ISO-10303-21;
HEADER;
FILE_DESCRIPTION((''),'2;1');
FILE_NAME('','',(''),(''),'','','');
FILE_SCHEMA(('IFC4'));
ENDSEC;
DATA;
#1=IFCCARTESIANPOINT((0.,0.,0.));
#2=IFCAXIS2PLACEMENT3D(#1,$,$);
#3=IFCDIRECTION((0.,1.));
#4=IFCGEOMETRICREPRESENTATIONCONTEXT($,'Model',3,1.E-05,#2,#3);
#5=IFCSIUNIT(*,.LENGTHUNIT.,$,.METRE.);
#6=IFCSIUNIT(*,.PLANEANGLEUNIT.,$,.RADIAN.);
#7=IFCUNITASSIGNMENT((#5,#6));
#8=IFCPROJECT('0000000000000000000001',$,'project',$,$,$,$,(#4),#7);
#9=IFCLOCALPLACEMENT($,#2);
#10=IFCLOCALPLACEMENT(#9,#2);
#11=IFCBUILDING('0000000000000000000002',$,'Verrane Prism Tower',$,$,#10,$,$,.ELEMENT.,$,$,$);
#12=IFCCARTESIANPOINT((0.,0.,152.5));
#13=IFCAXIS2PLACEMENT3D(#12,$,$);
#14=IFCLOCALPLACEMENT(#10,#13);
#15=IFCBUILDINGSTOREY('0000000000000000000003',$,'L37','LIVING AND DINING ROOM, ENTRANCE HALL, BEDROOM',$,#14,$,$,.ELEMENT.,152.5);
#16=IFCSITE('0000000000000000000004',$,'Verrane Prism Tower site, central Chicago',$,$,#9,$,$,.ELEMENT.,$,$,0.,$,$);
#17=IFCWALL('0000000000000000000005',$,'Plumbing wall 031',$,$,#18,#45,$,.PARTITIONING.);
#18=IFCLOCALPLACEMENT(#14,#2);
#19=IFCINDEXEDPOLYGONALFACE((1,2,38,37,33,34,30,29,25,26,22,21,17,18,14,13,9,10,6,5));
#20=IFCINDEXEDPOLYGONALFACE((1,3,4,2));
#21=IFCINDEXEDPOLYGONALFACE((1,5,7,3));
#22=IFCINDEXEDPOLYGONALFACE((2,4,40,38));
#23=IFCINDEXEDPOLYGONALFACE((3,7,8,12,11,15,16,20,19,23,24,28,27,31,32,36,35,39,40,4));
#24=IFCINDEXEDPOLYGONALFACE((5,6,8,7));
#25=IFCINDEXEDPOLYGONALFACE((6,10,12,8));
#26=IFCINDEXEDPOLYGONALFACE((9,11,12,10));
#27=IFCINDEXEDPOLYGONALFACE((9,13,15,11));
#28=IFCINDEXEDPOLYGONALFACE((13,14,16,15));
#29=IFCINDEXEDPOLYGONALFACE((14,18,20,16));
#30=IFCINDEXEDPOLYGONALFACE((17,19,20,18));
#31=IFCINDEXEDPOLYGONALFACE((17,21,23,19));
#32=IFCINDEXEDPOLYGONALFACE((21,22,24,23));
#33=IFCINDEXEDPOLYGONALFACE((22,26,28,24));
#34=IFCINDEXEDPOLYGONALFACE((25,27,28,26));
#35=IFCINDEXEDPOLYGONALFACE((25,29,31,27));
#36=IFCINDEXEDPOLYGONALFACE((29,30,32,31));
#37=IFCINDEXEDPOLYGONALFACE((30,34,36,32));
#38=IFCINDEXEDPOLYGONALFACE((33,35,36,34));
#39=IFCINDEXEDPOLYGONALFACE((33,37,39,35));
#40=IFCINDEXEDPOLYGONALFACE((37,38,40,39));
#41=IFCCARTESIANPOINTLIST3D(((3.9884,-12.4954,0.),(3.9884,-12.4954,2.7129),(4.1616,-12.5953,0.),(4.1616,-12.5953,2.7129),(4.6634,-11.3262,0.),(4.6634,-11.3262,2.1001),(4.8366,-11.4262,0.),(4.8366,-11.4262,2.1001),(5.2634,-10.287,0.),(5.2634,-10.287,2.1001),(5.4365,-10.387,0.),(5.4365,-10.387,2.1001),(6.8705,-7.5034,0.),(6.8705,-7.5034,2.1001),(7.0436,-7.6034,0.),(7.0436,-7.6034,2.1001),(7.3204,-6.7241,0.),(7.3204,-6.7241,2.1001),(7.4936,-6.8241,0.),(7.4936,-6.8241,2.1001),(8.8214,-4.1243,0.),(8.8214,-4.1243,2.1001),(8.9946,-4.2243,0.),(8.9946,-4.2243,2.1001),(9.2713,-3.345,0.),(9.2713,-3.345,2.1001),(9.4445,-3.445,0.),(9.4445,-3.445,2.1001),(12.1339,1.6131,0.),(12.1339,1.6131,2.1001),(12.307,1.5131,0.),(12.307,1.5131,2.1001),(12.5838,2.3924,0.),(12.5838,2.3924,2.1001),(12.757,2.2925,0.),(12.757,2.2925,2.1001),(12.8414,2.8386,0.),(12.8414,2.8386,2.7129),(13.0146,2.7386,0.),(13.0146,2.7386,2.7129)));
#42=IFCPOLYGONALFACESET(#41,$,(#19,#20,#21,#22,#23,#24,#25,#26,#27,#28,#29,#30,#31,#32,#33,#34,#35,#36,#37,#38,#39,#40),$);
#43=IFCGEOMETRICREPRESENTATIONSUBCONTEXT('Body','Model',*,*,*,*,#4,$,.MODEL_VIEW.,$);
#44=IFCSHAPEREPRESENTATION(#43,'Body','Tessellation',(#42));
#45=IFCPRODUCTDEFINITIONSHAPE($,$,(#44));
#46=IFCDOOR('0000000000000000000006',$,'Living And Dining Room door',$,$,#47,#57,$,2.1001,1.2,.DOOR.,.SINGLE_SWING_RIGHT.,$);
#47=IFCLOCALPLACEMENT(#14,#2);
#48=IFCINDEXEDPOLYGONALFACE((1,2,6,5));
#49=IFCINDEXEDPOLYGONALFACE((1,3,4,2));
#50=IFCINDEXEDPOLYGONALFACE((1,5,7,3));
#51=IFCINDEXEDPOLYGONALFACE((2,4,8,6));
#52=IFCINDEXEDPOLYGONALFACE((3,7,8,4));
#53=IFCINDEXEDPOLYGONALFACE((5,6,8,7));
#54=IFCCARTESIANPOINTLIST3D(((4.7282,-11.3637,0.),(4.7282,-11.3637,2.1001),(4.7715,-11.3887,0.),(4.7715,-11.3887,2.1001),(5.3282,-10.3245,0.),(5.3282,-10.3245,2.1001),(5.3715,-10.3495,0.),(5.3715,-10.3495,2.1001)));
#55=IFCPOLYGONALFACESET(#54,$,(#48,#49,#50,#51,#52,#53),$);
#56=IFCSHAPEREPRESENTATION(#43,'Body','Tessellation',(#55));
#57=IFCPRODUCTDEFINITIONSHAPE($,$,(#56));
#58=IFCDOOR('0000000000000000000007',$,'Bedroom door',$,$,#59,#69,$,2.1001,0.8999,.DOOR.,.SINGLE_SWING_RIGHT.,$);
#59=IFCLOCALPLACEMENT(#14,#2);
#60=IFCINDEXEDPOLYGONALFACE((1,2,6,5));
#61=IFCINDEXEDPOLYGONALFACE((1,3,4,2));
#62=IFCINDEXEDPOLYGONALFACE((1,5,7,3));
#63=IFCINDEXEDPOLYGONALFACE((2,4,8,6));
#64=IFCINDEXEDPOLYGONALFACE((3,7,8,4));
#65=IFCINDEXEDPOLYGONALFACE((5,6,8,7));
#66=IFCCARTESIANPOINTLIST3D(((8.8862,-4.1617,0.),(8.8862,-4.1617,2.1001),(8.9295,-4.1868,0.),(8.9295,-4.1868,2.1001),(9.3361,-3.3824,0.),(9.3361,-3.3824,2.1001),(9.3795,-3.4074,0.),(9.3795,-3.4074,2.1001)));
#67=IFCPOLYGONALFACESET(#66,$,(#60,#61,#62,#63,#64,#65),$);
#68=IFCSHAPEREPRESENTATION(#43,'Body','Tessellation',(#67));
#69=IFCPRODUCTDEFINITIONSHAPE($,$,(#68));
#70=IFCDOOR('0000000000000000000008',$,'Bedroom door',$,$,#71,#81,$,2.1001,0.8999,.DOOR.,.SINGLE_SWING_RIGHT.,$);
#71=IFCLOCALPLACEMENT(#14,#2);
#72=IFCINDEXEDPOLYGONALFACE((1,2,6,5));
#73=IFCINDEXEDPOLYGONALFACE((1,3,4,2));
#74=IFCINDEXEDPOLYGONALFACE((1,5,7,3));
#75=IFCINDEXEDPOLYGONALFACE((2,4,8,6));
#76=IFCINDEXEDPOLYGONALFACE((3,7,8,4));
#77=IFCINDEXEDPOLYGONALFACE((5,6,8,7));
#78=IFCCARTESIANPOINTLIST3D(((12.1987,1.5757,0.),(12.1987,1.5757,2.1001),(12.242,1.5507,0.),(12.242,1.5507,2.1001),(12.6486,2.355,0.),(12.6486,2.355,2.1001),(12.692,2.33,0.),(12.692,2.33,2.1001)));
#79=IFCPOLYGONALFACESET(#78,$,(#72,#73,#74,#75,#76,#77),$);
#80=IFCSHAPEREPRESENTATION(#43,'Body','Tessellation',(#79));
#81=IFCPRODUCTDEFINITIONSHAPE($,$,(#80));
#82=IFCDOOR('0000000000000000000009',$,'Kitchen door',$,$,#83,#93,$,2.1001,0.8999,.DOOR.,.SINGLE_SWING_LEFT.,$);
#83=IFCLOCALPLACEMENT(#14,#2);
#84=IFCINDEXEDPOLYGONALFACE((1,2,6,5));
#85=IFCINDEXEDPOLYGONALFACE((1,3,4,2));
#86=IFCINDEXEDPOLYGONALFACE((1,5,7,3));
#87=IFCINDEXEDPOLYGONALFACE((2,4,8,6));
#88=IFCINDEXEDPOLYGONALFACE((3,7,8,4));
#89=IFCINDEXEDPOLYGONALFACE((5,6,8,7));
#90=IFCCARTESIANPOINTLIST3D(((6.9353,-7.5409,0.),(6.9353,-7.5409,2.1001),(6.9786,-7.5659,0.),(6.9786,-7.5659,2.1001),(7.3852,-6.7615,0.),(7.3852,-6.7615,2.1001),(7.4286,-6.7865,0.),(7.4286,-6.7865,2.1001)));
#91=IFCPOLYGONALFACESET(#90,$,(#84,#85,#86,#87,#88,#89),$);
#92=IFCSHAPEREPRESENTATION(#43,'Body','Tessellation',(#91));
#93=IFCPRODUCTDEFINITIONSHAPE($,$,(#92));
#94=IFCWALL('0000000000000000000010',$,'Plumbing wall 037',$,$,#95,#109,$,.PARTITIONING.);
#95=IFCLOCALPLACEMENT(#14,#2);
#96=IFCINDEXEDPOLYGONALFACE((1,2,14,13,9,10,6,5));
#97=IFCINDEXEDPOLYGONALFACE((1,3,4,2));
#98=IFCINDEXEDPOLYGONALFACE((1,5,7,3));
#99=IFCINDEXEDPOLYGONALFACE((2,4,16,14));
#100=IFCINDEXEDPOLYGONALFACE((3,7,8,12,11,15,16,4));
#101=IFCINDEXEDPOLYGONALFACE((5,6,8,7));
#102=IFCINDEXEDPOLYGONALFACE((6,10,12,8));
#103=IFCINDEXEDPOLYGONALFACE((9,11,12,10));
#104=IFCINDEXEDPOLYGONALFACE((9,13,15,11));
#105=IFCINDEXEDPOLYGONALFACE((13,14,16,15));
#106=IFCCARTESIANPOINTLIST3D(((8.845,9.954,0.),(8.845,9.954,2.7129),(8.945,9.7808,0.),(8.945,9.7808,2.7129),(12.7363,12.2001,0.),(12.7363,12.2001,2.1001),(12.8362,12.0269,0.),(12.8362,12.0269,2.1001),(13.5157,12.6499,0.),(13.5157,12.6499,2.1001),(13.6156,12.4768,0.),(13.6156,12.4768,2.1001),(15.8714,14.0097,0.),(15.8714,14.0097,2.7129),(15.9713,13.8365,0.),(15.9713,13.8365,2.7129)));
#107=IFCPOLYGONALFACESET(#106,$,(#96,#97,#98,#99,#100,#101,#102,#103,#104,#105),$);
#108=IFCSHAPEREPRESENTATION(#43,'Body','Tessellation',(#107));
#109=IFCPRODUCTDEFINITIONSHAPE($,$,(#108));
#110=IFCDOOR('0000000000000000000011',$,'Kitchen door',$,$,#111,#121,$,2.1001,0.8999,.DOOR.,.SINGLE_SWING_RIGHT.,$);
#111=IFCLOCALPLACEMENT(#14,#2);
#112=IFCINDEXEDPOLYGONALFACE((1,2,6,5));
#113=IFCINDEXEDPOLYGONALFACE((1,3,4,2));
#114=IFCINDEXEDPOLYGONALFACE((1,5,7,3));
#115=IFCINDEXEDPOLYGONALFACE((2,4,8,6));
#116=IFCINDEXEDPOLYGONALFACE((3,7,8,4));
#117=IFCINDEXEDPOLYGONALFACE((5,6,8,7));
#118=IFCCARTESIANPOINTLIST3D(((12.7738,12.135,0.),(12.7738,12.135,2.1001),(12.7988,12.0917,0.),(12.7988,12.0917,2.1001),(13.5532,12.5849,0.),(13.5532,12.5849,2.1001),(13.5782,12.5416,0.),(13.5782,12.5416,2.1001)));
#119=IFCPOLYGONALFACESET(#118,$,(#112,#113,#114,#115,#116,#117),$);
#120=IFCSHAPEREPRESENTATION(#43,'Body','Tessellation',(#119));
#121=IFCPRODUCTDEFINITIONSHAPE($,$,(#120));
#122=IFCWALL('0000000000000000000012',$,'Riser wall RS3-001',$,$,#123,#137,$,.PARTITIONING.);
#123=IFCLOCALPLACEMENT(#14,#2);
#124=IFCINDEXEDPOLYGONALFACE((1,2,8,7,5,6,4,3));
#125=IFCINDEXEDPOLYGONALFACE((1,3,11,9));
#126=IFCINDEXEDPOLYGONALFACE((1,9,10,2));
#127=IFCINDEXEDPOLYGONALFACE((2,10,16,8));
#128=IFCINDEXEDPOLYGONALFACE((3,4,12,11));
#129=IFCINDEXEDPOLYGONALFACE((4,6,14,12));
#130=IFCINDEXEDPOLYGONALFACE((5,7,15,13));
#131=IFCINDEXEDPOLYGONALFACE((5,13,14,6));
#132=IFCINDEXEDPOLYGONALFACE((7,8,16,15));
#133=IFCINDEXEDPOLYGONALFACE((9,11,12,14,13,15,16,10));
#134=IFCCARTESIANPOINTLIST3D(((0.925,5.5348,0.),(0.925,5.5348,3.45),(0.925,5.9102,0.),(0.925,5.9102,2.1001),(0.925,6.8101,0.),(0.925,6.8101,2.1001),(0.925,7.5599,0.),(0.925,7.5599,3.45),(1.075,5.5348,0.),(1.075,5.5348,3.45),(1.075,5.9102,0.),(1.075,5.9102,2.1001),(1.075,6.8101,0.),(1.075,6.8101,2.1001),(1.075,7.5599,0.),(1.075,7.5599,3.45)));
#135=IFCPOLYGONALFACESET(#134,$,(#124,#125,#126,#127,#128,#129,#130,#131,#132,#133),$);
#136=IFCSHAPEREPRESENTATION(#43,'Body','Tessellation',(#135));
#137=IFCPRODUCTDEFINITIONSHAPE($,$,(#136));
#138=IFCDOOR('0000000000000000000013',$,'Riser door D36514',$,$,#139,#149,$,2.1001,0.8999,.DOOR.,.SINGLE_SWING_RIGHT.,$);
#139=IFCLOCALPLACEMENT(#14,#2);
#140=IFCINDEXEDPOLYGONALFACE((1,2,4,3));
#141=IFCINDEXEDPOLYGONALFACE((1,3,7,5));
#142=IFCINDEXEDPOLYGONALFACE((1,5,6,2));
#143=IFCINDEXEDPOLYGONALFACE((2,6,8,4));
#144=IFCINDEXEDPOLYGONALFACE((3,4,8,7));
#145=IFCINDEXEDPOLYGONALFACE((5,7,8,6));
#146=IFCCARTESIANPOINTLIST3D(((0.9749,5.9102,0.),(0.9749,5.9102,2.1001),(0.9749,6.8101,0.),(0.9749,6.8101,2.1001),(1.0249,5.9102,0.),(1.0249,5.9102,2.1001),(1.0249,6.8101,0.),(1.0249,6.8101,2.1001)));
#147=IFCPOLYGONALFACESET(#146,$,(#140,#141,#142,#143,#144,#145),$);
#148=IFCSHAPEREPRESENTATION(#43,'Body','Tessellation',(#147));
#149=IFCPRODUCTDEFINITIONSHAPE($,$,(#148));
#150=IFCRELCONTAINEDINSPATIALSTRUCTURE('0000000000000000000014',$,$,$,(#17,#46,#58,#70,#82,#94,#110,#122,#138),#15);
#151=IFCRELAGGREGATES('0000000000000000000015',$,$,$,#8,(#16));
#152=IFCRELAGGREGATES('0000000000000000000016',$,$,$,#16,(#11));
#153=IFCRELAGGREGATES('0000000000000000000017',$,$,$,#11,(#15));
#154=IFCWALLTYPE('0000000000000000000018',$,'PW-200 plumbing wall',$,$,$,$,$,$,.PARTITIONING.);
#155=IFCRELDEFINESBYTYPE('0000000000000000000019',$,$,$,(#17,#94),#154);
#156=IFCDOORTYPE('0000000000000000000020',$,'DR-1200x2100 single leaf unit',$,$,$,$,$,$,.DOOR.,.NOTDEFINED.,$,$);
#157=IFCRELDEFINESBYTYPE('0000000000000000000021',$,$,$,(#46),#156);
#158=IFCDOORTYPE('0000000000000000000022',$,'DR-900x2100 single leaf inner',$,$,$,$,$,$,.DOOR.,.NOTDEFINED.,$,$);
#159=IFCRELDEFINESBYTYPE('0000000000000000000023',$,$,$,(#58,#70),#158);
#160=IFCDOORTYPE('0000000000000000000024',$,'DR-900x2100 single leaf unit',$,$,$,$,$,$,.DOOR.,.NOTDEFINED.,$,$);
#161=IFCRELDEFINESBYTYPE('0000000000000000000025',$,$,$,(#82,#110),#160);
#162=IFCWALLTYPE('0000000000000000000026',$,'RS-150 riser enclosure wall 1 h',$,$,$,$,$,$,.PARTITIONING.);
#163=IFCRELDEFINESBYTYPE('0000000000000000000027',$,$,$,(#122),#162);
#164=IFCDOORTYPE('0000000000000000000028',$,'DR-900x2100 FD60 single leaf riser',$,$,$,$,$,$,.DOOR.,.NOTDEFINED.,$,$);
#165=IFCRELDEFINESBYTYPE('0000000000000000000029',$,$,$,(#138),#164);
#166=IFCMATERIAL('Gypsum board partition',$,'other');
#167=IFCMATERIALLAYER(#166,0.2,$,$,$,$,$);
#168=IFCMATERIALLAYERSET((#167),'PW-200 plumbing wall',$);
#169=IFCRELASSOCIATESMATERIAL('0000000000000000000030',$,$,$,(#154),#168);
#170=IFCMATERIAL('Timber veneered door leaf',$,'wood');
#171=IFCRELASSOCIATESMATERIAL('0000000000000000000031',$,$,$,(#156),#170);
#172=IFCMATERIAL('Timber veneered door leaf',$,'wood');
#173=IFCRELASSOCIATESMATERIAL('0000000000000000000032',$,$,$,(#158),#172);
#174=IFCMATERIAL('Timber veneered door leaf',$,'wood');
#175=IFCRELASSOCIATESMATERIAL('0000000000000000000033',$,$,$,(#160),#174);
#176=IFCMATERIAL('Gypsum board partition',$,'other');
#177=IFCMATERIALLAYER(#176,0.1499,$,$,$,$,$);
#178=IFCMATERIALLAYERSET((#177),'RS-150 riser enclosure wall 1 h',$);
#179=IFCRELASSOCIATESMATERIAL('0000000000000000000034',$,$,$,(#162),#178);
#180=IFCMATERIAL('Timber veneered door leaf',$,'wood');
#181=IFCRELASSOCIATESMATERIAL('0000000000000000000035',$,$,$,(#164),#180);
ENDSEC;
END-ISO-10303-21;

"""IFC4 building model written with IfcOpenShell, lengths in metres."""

from ifc_helpers import new_model, si_unit, direction, frame, frame_2d, origin, place, context, subcontext, project, spatial, rectangle, extrude, material, layer, layer_set, type_object, element, fill, save


model = new_model("IFC4")

# Units and contexts
model_context = context("Model", 3, precision=1e-05, world=origin(), true_north=direction((0.0, 1.0)))
body_context = subcontext(model_context, "Body", "Model", "MODEL_VIEW")
ifc_project = project(units=[si_unit("LENGTHUNIT", "METRE"), si_unit("PLANEANGLEUNIT", "RADIAN")], contexts=[model_context])

# Site, building, storey
site_placement = place(None, origin())
site = spatial("IfcSite", under=ifc_project, at=site_placement, Name="Verrane Prism Tower site, central Chicago", CompositionType="ELEMENT", RefElevation=0.0)
building_placement = place(site_placement, origin())
building = spatial("IfcBuilding", under=site, at=building_placement, Name="Verrane Prism Tower", CompositionType="ELEMENT")
storey_placement = place(building_placement, frame((0.0, 0.0, 152.5)))
storey = spatial("IfcBuildingStorey", under=building, at=storey_placement, Name="L37", Description="LIVING AND DINING ROOM, ENTRANCE HALL, BEDROOM", CompositionType="ELEMENT", Elevation=152.5)

# Wall, openings, doors
ifc_material_1 = material(Name="Gypsum board partition", Category="other")
ifc_layer_1 = layer(ifc_material_1, 0.2)
ifc_layer_set_1 = layer_set([ifc_layer_1], Name="PW-200 plumbing wall")
wall_type_1 = type_object("IfcWallType", Name="PW-200 plumbing wall", PredefinedType="PARTITIONING", material=ifc_layer_set_1)
wall_1_placement = place(storey_placement, frame((12.928, 2.7886, 0.0), z_axis=(0.0, 0.0, 1.0), x_axis=(-0.499998, -0.866027, 0.0)))
wall_1 = element("IfcWall", 1, at=wall_1_placement, inside=storey, type_object=wall_type_1, Name="Plumbing wall 031", PredefinedType="PARTITIONING", context=body_context, shape_type="SweptSolid", body=[
    extrude(rectangle(XDim=17.7061, YDim=0.2, at=frame_2d((8.853, 0.0))), origin(), (0.0, 0.0, 1.0), 2.7129),
])
opening_1_placement = place(wall_1_placement, frame((15.156, 0.0, 0.0)))
opening_1 = element("IfcOpeningElement", 2, at=opening_1_placement, cuts=wall_1, PredefinedType="OPENING", context=body_context, shape_type="SweptSolid", body=[
    extrude(rectangle(XDim=1.2, YDim=2.1001, at=frame_2d((0.6001, 1.05))), frame((0.0, 0.1099, 0.0), z_axis=(0.0, -1.0, 0.0), x_axis=(1.0, 0.0, 0.0)), (0.0, 0.0, 1.0), 0.22),
])
opening_2_placement = place(wall_1_placement, frame((11.042, 0.0, 0.0)))
opening_2 = element("IfcOpeningElement", 3, at=opening_2_placement, cuts=wall_1, PredefinedType="OPENING", context=body_context, shape_type="SweptSolid", body=[
    extrude(rectangle(XDim=0.8999, YDim=2.1001, at=frame_2d((0.45, 1.05))), frame((0.0, 0.1099, 0.0), z_axis=(0.0, -1.0, 0.0), x_axis=(1.0, 0.0, 0.0)), (0.0, 0.0, 1.0), 0.22),
])
opening_3_placement = place(wall_1_placement, frame((7.1401, 0.0, 0.0)))
opening_3 = element("IfcOpeningElement", 4, at=opening_3_placement, cuts=wall_1, PredefinedType="OPENING", context=body_context, shape_type="SweptSolid", body=[
    extrude(rectangle(XDim=0.8999, YDim=2.1001, at=frame_2d((0.45, 1.05))), frame((0.0, 0.1099, 0.0), z_axis=(0.0, -1.0, 0.0), x_axis=(1.0, 0.0, 0.0)), (0.0, 0.0, 1.0), 0.22),
])
opening_4_placement = place(wall_1_placement, frame((0.5151, 0.0, 0.0)))
opening_4 = element("IfcOpeningElement", 5, at=opening_4_placement, cuts=wall_1, PredefinedType="OPENING", context=body_context, shape_type="SweptSolid", body=[
    extrude(rectangle(XDim=0.8999, YDim=2.1001, at=frame_2d((0.45, 1.05))), frame((0.0, 0.1099, 0.0), z_axis=(0.0, -1.0, 0.0), x_axis=(1.0, 0.0, 0.0)), (0.0, 0.0, 1.0), 0.22),
])
ifc_material_2 = material(Name="Timber veneered door leaf", Category="wood")
door_type_1 = type_object("IfcDoorType", Name="DR-1200x2100 single leaf unit", OperationType="NOTDEFINED", PredefinedType="DOOR", material=ifc_material_2)
door_1_placement = place(opening_1_placement, origin())
door_1 = element("IfcDoor", 6, at=door_1_placement, inside=storey, type_object=door_type_1, Name="Living And Dining Room door", OperationType="SINGLE_SWING_RIGHT", OverallHeight=2.1001, OverallWidth=1.2, PredefinedType="DOOR", context=body_context, shape_type="SweptSolid", body=[
    extrude(rectangle(XDim=1.2, YDim=2.1001, at=frame_2d((0.6001, 1.05))), frame((0.0, 0.0249, 0.0), z_axis=(0.0, -1.0, 0.0), x_axis=(1.0, 0.0, 0.0)), (0.0, 0.0, 1.0), 0.05),
])
fill(opening_1, door_1)
ifc_material_3 = material(Name="Timber veneered door leaf", Category="wood")
door_type_2 = type_object("IfcDoorType", Name="DR-900x2100 single leaf inner", OperationType="NOTDEFINED", PredefinedType="DOOR", material=ifc_material_3)
door_2_placement = place(opening_3_placement, origin())
door_2 = element("IfcDoor", 7, at=door_2_placement, inside=storey, type_object=door_type_2, Name="Bedroom door", OperationType="SINGLE_SWING_RIGHT", OverallHeight=2.1001, OverallWidth=0.8999, PredefinedType="DOOR", context=body_context, shape_type="SweptSolid", body=[
    extrude(rectangle(XDim=0.8999, YDim=2.1001, at=frame_2d((0.45, 1.05))), frame((0.0, 0.0249, 0.0), z_axis=(0.0, -1.0, 0.0), x_axis=(1.0, 0.0, 0.0)), (0.0, 0.0, 1.0), 0.05),
])
fill(opening_3, door_2)
door_3_placement = place(opening_4_placement, origin())
door_3 = element("IfcDoor", 8, at=door_3_placement, inside=storey, type_object=door_type_2, Name="Bedroom door", OperationType="SINGLE_SWING_RIGHT", OverallHeight=2.1001, OverallWidth=0.8999, PredefinedType="DOOR", context=body_context, shape_type="SweptSolid", body=[
    extrude(rectangle(XDim=0.8999, YDim=2.1001, at=frame_2d((0.45, 1.05))), frame((0.0, 0.0249, 0.0), z_axis=(0.0, -1.0, 0.0), x_axis=(1.0, 0.0, 0.0)), (0.0, 0.0, 1.0), 0.05),
])
fill(opening_4, door_3)
ifc_material_4 = material(Name="Timber veneered door leaf", Category="wood")
door_type_3 = type_object("IfcDoorType", Name="DR-900x2100 single leaf unit", OperationType="NOTDEFINED", PredefinedType="DOOR", material=ifc_material_4)
door_4_placement = place(opening_2_placement, origin())
door_4 = element("IfcDoor", 9, at=door_4_placement, inside=storey, type_object=door_type_3, Name="Kitchen door", OperationType="SINGLE_SWING_LEFT", OverallHeight=2.1001, OverallWidth=0.8999, PredefinedType="DOOR", context=body_context, shape_type="SweptSolid", body=[
    extrude(rectangle(XDim=0.8999, YDim=2.1001, at=frame_2d((0.45, 1.05))), frame((0.0, 0.0249, 0.0), z_axis=(0.0, -1.0, 0.0), x_axis=(1.0, 0.0, 0.0)), (0.0, 0.0, 1.0), 0.05),
])
fill(opening_2, door_4)

# Walls, openings, doors
wall_2_placement = place(storey_placement, frame((8.895, 9.8674, 0.0), z_axis=(0.0, 0.0, 1.0), x_axis=(0.866079, 0.499907, 0.0)))
wall_2 = element("IfcWall", 10, at=wall_2_placement, inside=storey, type_object=wall_type_1, Name="Plumbing wall 037", PredefinedType="PARTITIONING", context=body_context, shape_type="SweptSolid", body=[
    extrude(rectangle(XDim=8.1128, YDim=0.2, at=frame_2d((4.0564, 0.0))), origin(), (0.0, 0.0, 1.0), 2.7129),
])
opening_5_placement = place(wall_2_placement, frame((4.4929, 0.0, 0.0)))
opening_5 = element("IfcOpeningElement", 11, at=opening_5_placement, cuts=wall_2, PredefinedType="OPENING", context=body_context, shape_type="SweptSolid", body=[
    extrude(rectangle(XDim=0.8999, YDim=2.1001, at=frame_2d((0.45, 1.05))), frame((0.0, 0.1099, 0.0), z_axis=(0.0, -1.0, 0.0), x_axis=(1.0, 0.0, 0.0)), (0.0, 0.0, 1.0), 0.22),
])
door_5_placement = place(opening_5_placement, origin())
door_5 = element("IfcDoor", 12, at=door_5_placement, inside=storey, type_object=door_type_3, Name="Kitchen door", OperationType="SINGLE_SWING_RIGHT", OverallHeight=2.1001, OverallWidth=0.8999, PredefinedType="DOOR", context=body_context, shape_type="SweptSolid", body=[
    extrude(rectangle(XDim=0.8999, YDim=2.1001, at=frame_2d((0.45, 1.05))), frame((0.0, 0.0249, 0.0), z_axis=(0.0, -1.0, 0.0), x_axis=(1.0, 0.0, 0.0)), (0.0, 0.0, 1.0), 0.05),
])
fill(opening_5, door_5)
ifc_material_5 = material(Name="Gypsum board partition", Category="other")
ifc_layer_2 = layer(ifc_material_5, 0.1499)
ifc_layer_set_2 = layer_set([ifc_layer_2], Name="RS-150 riser enclosure wall 1 h")
wall_type_2 = type_object("IfcWallType", Name="RS-150 riser enclosure wall 1 h", PredefinedType="PARTITIONING", material=ifc_layer_set_2)
wall_3_placement = place(storey_placement, frame((1.0, 7.5601, 0.0), z_axis=(0.0, 0.0, 1.0), x_axis=(0.0, -1.0, 0.0)))
wall_3 = element("IfcWall", 13, at=wall_3_placement, inside=storey, type_object=wall_type_2, Name="Riser wall RS3-001", PredefinedType="PARTITIONING", context=body_context, shape_type="SweptSolid", body=[
    extrude(rectangle(XDim=2.0251, YDim=0.1499, at=frame_2d((1.0127, 0.0))), origin(), (0.0, 0.0, 1.0), 3.45),
])
opening_6_placement = place(wall_3_placement, frame((0.75, 0.0, 0.0)))
opening_6 = element("IfcOpeningElement", 14, at=opening_6_placement, cuts=wall_3, PredefinedType="OPENING", context=body_context, shape_type="SweptSolid", body=[
    extrude(rectangle(XDim=0.8999, YDim=2.1001, at=frame_2d((0.45, 1.05))), frame((0.0, 0.085, 0.0), z_axis=(0.0, -1.0, 0.0), x_axis=(1.0, 0.0, 0.0)), (0.0, 0.0, 1.0), 0.1699),
])
ifc_material_6 = material(Name="Timber veneered door leaf", Category="wood")
door_type_4 = type_object("IfcDoorType", Name="DR-900x2100 FD60 single leaf riser", OperationType="NOTDEFINED", PredefinedType="DOOR", material=ifc_material_6)
door_6_placement = place(opening_6_placement, origin())
door_6 = element("IfcDoor", 15, at=door_6_placement, inside=storey, type_object=door_type_4, Name="Riser door D36514", OperationType="SINGLE_SWING_RIGHT", OverallHeight=2.1001, OverallWidth=0.8999, PredefinedType="DOOR", context=body_context, shape_type="SweptSolid", body=[
    extrude(rectangle(XDim=0.8999, YDim=2.1001, at=frame_2d((0.45, 1.05))), frame((0.0, 0.0249, 0.0), z_axis=(0.0, -1.0, 0.0), x_axis=(1.0, 0.0, 0.0)), (0.0, 0.0, 1.0), 0.05),
])
fill(opening_6, door_6)

save(model, "model.ifc")
